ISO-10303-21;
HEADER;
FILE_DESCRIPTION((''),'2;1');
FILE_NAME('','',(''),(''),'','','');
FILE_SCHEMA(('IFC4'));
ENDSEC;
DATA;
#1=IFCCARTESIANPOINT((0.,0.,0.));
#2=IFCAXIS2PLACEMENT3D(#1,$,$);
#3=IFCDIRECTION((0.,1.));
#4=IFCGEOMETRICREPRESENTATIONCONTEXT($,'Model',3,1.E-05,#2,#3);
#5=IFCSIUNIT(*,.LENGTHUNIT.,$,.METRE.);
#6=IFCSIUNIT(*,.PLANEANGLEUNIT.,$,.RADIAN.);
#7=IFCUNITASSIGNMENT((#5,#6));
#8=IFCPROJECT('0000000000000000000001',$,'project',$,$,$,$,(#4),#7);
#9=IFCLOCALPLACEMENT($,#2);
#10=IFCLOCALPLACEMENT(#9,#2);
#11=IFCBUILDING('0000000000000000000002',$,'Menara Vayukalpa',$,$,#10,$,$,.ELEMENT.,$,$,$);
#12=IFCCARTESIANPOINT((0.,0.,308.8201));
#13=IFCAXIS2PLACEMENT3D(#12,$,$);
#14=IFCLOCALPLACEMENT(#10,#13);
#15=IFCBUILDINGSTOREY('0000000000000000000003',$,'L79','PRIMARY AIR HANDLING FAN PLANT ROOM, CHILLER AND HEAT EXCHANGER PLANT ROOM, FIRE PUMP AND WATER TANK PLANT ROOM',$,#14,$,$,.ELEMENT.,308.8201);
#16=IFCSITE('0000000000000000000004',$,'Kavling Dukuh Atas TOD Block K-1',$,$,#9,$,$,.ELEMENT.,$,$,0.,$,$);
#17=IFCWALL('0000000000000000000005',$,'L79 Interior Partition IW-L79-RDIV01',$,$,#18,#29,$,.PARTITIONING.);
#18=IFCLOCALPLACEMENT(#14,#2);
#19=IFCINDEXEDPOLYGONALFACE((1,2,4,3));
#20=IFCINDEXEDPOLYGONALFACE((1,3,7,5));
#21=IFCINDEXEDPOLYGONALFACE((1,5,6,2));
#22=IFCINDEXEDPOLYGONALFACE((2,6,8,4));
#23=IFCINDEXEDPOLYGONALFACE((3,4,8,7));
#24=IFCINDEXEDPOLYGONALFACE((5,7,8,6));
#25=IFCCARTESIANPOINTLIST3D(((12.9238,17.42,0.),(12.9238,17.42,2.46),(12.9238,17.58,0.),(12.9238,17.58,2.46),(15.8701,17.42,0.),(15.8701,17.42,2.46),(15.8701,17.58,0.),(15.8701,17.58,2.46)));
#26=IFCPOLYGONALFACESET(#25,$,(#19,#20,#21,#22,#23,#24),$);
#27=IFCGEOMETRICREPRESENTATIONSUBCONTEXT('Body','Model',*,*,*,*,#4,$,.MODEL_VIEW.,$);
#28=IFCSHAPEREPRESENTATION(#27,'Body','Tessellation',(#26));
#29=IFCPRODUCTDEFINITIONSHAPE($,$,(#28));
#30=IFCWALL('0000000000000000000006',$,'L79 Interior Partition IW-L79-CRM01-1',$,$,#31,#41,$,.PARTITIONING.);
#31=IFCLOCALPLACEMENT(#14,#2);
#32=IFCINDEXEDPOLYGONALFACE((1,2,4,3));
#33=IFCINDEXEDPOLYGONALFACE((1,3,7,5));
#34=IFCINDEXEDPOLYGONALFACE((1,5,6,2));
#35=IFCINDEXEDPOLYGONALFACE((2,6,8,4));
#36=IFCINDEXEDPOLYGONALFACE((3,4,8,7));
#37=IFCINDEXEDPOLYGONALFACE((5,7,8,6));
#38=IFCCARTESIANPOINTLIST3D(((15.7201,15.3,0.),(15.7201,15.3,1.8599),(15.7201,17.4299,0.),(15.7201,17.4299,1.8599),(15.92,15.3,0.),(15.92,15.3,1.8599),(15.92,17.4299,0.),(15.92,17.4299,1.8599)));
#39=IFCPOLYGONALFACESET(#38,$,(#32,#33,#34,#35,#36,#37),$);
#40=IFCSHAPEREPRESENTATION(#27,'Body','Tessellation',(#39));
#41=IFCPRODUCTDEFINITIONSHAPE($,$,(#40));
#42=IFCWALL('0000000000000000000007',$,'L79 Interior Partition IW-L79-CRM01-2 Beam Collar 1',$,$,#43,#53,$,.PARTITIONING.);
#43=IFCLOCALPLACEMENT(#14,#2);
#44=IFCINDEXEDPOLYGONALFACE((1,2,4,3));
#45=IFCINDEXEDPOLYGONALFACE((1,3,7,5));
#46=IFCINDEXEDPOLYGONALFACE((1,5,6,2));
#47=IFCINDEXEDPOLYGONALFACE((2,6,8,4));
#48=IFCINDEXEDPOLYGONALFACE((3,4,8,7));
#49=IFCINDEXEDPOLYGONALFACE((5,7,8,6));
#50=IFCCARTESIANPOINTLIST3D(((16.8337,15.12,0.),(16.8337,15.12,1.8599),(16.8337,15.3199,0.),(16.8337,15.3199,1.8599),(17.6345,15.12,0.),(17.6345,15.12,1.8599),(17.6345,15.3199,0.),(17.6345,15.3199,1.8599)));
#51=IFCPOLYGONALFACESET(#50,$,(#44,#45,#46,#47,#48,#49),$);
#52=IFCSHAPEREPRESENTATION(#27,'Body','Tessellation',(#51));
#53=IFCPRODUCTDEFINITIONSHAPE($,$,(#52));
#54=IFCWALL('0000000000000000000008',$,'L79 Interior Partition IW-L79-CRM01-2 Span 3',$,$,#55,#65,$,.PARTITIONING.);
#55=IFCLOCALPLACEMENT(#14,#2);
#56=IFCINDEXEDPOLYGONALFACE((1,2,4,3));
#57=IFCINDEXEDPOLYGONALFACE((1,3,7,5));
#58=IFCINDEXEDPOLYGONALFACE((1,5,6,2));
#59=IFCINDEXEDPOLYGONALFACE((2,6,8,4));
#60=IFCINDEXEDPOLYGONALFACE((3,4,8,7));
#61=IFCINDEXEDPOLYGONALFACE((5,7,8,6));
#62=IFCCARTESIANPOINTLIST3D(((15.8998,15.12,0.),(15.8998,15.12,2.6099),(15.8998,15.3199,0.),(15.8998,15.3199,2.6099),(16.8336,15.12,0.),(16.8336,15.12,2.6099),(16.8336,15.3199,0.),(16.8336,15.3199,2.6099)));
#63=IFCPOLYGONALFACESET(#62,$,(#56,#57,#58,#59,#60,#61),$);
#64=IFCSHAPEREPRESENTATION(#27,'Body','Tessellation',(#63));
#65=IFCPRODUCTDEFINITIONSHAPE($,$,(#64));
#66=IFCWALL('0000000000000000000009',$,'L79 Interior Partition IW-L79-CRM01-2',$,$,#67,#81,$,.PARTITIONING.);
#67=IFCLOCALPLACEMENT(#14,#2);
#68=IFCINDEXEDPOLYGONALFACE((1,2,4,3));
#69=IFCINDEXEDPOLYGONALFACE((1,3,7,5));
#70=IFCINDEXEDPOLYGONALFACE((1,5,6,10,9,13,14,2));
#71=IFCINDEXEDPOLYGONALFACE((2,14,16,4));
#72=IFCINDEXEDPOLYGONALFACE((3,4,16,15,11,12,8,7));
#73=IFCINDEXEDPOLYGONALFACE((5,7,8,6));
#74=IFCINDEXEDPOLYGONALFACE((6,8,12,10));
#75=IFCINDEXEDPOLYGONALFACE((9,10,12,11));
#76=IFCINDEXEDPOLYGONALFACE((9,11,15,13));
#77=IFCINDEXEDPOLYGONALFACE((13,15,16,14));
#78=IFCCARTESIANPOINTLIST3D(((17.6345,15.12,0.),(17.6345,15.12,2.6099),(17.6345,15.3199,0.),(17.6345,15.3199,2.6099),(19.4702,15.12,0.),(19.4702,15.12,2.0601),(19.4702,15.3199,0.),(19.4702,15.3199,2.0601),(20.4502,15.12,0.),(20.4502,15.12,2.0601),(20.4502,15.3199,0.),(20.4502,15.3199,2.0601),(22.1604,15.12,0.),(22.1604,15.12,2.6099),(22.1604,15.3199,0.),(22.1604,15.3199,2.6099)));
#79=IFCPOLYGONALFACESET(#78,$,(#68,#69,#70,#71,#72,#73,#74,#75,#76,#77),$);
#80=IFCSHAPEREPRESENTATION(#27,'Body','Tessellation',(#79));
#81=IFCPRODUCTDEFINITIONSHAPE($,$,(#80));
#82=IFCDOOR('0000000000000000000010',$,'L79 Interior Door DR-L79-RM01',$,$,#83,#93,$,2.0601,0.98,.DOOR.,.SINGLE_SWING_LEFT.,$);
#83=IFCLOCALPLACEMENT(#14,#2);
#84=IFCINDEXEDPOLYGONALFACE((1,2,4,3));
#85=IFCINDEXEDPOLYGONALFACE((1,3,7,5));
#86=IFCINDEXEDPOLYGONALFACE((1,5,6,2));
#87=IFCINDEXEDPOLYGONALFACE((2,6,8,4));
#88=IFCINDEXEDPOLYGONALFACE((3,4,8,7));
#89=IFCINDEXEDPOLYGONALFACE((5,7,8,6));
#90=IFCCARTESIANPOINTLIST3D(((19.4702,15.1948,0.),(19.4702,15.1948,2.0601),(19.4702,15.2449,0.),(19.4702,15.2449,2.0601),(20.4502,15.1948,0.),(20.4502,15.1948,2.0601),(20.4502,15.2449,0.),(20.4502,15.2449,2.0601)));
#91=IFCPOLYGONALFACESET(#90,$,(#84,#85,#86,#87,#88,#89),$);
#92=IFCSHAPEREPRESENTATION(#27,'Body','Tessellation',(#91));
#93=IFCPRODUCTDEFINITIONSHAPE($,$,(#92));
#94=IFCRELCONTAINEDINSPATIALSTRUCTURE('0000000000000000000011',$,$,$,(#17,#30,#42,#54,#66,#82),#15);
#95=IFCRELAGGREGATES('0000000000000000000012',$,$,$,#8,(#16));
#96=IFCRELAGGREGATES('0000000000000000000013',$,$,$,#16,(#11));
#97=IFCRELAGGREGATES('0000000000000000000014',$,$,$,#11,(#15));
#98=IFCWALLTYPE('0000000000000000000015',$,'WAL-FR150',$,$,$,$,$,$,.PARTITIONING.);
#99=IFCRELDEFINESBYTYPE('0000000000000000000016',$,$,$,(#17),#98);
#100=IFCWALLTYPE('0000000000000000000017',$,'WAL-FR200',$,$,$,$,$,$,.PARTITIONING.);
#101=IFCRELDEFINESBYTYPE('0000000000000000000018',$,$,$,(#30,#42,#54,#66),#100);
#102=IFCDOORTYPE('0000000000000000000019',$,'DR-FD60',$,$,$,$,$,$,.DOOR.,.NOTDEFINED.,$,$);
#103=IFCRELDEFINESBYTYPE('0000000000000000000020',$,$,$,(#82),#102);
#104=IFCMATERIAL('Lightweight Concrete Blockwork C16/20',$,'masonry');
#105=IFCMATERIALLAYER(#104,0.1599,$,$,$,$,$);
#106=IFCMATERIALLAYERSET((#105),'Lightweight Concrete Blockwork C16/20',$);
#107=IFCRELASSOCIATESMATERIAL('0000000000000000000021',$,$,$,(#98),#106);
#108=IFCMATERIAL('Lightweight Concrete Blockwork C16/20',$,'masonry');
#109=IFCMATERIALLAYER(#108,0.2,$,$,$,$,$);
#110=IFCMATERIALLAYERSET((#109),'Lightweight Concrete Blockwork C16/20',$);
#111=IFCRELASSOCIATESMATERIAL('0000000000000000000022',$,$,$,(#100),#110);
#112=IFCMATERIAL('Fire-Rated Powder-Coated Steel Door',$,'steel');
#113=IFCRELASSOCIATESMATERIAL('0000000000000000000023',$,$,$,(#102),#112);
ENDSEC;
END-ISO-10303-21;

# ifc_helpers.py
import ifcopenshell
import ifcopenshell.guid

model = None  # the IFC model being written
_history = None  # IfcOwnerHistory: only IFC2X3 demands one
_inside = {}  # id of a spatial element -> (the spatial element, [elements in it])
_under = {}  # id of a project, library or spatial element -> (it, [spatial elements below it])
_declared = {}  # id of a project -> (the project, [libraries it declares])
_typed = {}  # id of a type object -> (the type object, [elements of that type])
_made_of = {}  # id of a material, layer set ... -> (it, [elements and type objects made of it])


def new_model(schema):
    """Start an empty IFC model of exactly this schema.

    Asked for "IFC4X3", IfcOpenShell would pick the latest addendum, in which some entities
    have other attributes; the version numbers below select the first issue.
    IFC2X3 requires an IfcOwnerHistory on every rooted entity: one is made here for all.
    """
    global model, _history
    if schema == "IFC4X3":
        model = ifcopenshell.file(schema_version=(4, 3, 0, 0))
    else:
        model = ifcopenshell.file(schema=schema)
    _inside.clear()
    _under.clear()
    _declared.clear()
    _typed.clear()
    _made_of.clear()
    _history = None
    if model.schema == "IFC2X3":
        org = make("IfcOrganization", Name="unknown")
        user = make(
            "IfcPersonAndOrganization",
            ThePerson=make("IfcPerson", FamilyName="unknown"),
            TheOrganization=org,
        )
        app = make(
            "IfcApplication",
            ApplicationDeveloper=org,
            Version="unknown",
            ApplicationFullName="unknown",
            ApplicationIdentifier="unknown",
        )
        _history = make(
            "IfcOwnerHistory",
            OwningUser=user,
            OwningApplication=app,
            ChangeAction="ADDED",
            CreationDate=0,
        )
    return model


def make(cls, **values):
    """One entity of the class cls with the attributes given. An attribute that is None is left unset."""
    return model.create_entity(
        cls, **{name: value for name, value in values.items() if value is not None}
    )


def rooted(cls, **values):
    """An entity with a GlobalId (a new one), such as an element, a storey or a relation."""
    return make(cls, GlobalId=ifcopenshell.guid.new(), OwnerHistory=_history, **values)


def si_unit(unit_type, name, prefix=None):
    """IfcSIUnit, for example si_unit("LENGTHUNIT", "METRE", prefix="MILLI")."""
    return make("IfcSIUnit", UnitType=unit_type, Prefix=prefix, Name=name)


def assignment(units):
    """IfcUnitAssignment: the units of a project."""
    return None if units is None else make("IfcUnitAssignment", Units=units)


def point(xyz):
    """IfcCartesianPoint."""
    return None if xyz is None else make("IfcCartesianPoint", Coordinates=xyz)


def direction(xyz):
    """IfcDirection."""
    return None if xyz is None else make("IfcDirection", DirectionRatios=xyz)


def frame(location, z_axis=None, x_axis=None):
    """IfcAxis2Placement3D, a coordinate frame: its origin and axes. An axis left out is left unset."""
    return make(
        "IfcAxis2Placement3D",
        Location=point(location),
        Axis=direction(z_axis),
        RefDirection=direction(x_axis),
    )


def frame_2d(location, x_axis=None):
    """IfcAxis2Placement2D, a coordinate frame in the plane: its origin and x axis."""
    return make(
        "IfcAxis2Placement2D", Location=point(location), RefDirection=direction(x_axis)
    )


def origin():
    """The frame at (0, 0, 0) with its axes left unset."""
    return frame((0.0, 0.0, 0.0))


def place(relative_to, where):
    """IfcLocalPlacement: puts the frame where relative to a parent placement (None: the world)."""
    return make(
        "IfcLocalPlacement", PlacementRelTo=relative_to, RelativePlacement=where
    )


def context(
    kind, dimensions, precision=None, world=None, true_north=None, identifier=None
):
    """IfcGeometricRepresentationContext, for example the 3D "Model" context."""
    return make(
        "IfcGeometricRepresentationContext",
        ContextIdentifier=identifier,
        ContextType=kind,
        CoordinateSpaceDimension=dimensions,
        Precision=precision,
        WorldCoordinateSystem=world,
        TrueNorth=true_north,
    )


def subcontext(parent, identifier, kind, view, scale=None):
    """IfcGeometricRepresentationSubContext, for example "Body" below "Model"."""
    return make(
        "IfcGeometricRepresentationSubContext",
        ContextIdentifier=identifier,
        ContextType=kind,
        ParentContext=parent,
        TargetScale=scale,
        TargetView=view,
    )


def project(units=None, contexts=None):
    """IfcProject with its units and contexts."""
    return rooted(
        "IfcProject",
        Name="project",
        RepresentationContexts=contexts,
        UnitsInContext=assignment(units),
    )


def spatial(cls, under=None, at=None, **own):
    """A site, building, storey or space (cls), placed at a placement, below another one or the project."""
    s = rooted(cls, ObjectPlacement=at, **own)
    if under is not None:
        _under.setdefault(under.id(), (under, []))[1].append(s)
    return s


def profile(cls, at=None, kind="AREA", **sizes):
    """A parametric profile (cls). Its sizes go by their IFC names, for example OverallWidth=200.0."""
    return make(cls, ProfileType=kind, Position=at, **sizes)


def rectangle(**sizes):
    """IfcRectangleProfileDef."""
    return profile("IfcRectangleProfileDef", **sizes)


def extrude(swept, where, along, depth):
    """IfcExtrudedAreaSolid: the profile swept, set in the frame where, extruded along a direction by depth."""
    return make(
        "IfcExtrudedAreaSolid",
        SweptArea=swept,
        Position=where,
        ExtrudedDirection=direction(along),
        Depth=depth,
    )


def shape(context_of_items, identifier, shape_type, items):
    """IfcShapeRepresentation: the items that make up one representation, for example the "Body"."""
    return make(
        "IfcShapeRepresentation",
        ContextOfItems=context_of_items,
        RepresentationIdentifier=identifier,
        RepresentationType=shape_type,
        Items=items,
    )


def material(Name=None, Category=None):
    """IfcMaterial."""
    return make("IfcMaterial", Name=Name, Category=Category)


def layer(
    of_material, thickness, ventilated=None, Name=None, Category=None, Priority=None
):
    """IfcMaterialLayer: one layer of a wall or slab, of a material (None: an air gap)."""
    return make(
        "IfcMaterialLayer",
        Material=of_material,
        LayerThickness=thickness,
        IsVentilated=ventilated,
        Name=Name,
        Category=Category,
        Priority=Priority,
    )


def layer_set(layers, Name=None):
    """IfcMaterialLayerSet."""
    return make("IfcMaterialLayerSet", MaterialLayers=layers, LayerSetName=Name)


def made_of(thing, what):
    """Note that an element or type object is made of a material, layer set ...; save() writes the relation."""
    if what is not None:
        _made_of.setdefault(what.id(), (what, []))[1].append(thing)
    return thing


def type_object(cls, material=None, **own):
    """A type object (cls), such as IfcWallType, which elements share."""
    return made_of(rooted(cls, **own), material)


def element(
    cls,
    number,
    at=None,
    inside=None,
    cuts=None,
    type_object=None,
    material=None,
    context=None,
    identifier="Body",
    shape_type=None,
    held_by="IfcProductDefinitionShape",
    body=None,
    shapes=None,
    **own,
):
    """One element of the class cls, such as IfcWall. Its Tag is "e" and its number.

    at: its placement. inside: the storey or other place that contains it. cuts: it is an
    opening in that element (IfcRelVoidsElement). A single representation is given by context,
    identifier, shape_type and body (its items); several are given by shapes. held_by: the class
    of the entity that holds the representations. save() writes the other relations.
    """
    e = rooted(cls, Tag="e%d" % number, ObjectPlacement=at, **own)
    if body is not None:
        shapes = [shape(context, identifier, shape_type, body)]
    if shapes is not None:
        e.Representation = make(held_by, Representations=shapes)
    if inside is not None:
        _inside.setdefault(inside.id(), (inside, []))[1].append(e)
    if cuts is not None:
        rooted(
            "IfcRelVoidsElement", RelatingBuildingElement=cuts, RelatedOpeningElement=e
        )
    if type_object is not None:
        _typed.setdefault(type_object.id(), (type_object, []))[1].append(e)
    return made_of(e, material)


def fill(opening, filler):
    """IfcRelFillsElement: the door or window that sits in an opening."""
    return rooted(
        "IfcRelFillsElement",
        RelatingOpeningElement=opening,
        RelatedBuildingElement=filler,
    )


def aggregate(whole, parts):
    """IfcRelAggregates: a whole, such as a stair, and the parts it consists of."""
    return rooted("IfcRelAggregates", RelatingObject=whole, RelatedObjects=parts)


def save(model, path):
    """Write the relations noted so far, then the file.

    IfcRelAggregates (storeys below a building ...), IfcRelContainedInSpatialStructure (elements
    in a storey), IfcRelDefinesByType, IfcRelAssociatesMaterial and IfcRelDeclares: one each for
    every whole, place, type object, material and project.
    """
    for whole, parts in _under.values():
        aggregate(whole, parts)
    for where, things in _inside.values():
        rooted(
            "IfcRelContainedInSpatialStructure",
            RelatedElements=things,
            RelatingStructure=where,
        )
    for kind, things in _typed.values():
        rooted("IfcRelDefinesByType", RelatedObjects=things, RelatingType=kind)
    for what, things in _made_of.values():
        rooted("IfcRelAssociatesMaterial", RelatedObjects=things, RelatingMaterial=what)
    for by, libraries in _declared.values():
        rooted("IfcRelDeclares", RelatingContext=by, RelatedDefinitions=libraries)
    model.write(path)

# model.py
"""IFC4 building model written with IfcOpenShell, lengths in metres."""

from ifc_helpers import new_model, si_unit, direction, frame, frame_2d, origin, place, context, subcontext, project, spatial, rectangle, extrude, material, layer, layer_set, type_object, element, fill, save


model = new_model("IFC4")

# Units and contexts
model_context = context("Model", 3, precision=1e-05, world=origin(), true_north=direction((0.0, 1.0)))
body_context = subcontext(model_context, "Body", "Model", "MODEL_VIEW")
ifc_project = project(units=[si_unit("LENGTHUNIT", "METRE"), si_unit("PLANEANGLEUNIT", "RADIAN")], contexts=[model_context])

# Site, building, storey
site_placement = place(None, origin())
site = spatial("IfcSite", under=ifc_project, at=site_placement, Name="Kavling Dukuh Atas TOD Block K-1", CompositionType="ELEMENT", RefElevation=0.0)
building_placement = place(site_placement, origin())
building = spatial("IfcBuilding", under=site, at=building_placement, Name="Menara Vayukalpa", CompositionType="ELEMENT")
storey_placement = place(building_placement, frame((0.0, 0.0, 308.8201)))
storey = spatial("IfcBuildingStorey", under=building, at=storey_placement, Name="L79", Description="PRIMARY AIR HANDLING FAN PLANT ROOM, CHILLER AND HEAT EXCHANGER PLANT ROOM, FIRE PUMP AND WATER TANK PLANT ROOM", CompositionType="ELEMENT", Elevation=308.8201)

# Walls
ifc_material_1 = material(Name="Lightweight Concrete Blockwork C16/20", Category="masonry")
ifc_layer_1 = layer(ifc_material_1, 0.1599)
ifc_layer_set_1 = layer_set([ifc_layer_1], Name="Lightweight Concrete Blockwork C16/20")
wall_type_1 = type_object("IfcWallType", Name="WAL-FR150", PredefinedType="PARTITIONING", material=ifc_layer_set_1)
wall_1_placement = place(storey_placement, frame((12.9238, 17.5, 0.0), z_axis=(0.0, 0.0, 1.0), x_axis=(1.0, 0.0, 0.0)))
element("IfcWall", 1, at=wall_1_placement, inside=storey, type_object=wall_type_1, Name="L79 Interior Partition IW-L79-RDIV01", PredefinedType="PARTITIONING", context=body_context, shape_type="SweptSolid", body=[
    extrude(rectangle(XDim=2.9463, YDim=0.1599, at=frame_2d((1.4731, 0.0))), origin(), (0.0, 0.0, 1.0), 2.46),
])
ifc_material_2 = material(Name="Lightweight Concrete Blockwork C16/20", Category="masonry")
ifc_layer_2 = layer(ifc_material_2, 0.2)
ifc_layer_set_2 = layer_set([ifc_layer_2], Name="Lightweight Concrete Blockwork C16/20")
wall_type_2 = type_object("IfcWallType", Name="WAL-FR200", PredefinedType="PARTITIONING", material=ifc_layer_set_2)
wall_2_placement = place(storey_placement, frame((15.8201, 17.4299, 0.0), z_axis=(0.0, 0.0, 1.0), x_axis=(0.0, -1.0, 0.0)))
element("IfcWall", 2, at=wall_2_placement, inside=storey, type_object=wall_type_2, Name="L79 Interior Partition IW-L79-CRM01-1", PredefinedType="PARTITIONING", context=body_context, shape_type="SweptSolid", body=[
    extrude(rectangle(XDim=2.1299, YDim=0.2, at=frame_2d((1.0649, 0.0))), origin(), (0.0, 0.0, 1.0), 1.8599),
])
wall_3_placement = place(storey_placement, frame((16.8337, 15.22, 0.0), z_axis=(0.0, 0.0, 1.0), x_axis=(1.0, 0.0, 0.0)))
element("IfcWall", 3, at=wall_3_placement, inside=storey, type_object=wall_type_2, Name="L79 Interior Partition IW-L79-CRM01-2 Beam Collar 1", PredefinedType="PARTITIONING", context=body_context, shape_type="SweptSolid", body=[
    extrude(rectangle(XDim=0.8008, YDim=0.2, at=frame_2d((0.4004, 0.0))), origin(), (0.0, 0.0, 1.0), 1.8599),
])
wall_4_placement = place(storey_placement, frame((15.8999, 15.22, 0.0), z_axis=(0.0, 0.0, 1.0), x_axis=(1.0, 0.0, 0.0)))
element("IfcWall", 4, at=wall_4_placement, inside=storey, type_object=wall_type_2, Name="L79 Interior Partition IW-L79-CRM01-2 Span 3", PredefinedType="PARTITIONING", context=body_context, shape_type="SweptSolid", body=[
    extrude(rectangle(XDim=0.9338, YDim=0.2, at=frame_2d((0.4668, 0.0))), origin(), (0.0, 0.0, 1.0), 2.6099),
])

# Wall, opening, door
wall_5_placement = place(storey_placement, frame((17.6345, 15.22, 0.0), z_axis=(0.0, 0.0, 1.0), x_axis=(1.0, 0.0, 0.0)))
wall_5 = element("IfcWall", 5, at=wall_5_placement, inside=storey, type_object=wall_type_2, Name="L79 Interior Partition IW-L79-CRM01-2", PredefinedType="PARTITIONING", context=body_context, shape_type="SweptSolid", body=[
    extrude(rectangle(XDim=4.5259, YDim=0.2, at=frame_2d((2.2629, 0.0))), origin(), (0.0, 0.0, 1.0), 2.6099),
])
opening_placement = place(wall_5_placement, frame((1.8357, 0.0, 0.0)))
opening = element("IfcOpeningElement", 6, at=opening_placement, cuts=wall_5, PredefinedType="OPENING", context=body_context, shape_type="SweptSolid", body=[
    extrude(rectangle(XDim=0.98, YDim=2.0601, at=frame_2d((0.49, 1.03))), frame((0.0, 0.1099, 0.0), z_axis=(0.0, -1.0, 0.0), x_axis=(1.0, 0.0, 0.0)), (0.0, 0.0, 1.0), 0.22),
])
ifc_material_3 = material(Name="Fire-Rated Powder-Coated Steel Door", Category="steel")
door_type = type_object("IfcDoorType", Name="DR-FD60", OperationType="NOTDEFINED", PredefinedType="DOOR", material=ifc_material_3)
door_placement = place(opening_placement, origin())
door = element("IfcDoor", 7, at=door_placement, inside=storey, type_object=door_type, Name="L79 Interior Door DR-L79-RM01", OperationType="SINGLE_SWING_LEFT", OverallHeight=2.0601, OverallWidth=0.98, PredefinedType="DOOR", context=body_context, shape_type="SweptSolid", body=[
    extrude(rectangle(XDim=0.98, YDim=2.0601, at=frame_2d((0.49, 1.03))), frame((0.0, 0.0249, 0.0), z_axis=(0.0, -1.0, 0.0), x_axis=(1.0, 0.0, 0.0)), (0.0, 0.0, 1.0), 0.05),
])
fill(opening, door)

save(model, "model.ifc")
